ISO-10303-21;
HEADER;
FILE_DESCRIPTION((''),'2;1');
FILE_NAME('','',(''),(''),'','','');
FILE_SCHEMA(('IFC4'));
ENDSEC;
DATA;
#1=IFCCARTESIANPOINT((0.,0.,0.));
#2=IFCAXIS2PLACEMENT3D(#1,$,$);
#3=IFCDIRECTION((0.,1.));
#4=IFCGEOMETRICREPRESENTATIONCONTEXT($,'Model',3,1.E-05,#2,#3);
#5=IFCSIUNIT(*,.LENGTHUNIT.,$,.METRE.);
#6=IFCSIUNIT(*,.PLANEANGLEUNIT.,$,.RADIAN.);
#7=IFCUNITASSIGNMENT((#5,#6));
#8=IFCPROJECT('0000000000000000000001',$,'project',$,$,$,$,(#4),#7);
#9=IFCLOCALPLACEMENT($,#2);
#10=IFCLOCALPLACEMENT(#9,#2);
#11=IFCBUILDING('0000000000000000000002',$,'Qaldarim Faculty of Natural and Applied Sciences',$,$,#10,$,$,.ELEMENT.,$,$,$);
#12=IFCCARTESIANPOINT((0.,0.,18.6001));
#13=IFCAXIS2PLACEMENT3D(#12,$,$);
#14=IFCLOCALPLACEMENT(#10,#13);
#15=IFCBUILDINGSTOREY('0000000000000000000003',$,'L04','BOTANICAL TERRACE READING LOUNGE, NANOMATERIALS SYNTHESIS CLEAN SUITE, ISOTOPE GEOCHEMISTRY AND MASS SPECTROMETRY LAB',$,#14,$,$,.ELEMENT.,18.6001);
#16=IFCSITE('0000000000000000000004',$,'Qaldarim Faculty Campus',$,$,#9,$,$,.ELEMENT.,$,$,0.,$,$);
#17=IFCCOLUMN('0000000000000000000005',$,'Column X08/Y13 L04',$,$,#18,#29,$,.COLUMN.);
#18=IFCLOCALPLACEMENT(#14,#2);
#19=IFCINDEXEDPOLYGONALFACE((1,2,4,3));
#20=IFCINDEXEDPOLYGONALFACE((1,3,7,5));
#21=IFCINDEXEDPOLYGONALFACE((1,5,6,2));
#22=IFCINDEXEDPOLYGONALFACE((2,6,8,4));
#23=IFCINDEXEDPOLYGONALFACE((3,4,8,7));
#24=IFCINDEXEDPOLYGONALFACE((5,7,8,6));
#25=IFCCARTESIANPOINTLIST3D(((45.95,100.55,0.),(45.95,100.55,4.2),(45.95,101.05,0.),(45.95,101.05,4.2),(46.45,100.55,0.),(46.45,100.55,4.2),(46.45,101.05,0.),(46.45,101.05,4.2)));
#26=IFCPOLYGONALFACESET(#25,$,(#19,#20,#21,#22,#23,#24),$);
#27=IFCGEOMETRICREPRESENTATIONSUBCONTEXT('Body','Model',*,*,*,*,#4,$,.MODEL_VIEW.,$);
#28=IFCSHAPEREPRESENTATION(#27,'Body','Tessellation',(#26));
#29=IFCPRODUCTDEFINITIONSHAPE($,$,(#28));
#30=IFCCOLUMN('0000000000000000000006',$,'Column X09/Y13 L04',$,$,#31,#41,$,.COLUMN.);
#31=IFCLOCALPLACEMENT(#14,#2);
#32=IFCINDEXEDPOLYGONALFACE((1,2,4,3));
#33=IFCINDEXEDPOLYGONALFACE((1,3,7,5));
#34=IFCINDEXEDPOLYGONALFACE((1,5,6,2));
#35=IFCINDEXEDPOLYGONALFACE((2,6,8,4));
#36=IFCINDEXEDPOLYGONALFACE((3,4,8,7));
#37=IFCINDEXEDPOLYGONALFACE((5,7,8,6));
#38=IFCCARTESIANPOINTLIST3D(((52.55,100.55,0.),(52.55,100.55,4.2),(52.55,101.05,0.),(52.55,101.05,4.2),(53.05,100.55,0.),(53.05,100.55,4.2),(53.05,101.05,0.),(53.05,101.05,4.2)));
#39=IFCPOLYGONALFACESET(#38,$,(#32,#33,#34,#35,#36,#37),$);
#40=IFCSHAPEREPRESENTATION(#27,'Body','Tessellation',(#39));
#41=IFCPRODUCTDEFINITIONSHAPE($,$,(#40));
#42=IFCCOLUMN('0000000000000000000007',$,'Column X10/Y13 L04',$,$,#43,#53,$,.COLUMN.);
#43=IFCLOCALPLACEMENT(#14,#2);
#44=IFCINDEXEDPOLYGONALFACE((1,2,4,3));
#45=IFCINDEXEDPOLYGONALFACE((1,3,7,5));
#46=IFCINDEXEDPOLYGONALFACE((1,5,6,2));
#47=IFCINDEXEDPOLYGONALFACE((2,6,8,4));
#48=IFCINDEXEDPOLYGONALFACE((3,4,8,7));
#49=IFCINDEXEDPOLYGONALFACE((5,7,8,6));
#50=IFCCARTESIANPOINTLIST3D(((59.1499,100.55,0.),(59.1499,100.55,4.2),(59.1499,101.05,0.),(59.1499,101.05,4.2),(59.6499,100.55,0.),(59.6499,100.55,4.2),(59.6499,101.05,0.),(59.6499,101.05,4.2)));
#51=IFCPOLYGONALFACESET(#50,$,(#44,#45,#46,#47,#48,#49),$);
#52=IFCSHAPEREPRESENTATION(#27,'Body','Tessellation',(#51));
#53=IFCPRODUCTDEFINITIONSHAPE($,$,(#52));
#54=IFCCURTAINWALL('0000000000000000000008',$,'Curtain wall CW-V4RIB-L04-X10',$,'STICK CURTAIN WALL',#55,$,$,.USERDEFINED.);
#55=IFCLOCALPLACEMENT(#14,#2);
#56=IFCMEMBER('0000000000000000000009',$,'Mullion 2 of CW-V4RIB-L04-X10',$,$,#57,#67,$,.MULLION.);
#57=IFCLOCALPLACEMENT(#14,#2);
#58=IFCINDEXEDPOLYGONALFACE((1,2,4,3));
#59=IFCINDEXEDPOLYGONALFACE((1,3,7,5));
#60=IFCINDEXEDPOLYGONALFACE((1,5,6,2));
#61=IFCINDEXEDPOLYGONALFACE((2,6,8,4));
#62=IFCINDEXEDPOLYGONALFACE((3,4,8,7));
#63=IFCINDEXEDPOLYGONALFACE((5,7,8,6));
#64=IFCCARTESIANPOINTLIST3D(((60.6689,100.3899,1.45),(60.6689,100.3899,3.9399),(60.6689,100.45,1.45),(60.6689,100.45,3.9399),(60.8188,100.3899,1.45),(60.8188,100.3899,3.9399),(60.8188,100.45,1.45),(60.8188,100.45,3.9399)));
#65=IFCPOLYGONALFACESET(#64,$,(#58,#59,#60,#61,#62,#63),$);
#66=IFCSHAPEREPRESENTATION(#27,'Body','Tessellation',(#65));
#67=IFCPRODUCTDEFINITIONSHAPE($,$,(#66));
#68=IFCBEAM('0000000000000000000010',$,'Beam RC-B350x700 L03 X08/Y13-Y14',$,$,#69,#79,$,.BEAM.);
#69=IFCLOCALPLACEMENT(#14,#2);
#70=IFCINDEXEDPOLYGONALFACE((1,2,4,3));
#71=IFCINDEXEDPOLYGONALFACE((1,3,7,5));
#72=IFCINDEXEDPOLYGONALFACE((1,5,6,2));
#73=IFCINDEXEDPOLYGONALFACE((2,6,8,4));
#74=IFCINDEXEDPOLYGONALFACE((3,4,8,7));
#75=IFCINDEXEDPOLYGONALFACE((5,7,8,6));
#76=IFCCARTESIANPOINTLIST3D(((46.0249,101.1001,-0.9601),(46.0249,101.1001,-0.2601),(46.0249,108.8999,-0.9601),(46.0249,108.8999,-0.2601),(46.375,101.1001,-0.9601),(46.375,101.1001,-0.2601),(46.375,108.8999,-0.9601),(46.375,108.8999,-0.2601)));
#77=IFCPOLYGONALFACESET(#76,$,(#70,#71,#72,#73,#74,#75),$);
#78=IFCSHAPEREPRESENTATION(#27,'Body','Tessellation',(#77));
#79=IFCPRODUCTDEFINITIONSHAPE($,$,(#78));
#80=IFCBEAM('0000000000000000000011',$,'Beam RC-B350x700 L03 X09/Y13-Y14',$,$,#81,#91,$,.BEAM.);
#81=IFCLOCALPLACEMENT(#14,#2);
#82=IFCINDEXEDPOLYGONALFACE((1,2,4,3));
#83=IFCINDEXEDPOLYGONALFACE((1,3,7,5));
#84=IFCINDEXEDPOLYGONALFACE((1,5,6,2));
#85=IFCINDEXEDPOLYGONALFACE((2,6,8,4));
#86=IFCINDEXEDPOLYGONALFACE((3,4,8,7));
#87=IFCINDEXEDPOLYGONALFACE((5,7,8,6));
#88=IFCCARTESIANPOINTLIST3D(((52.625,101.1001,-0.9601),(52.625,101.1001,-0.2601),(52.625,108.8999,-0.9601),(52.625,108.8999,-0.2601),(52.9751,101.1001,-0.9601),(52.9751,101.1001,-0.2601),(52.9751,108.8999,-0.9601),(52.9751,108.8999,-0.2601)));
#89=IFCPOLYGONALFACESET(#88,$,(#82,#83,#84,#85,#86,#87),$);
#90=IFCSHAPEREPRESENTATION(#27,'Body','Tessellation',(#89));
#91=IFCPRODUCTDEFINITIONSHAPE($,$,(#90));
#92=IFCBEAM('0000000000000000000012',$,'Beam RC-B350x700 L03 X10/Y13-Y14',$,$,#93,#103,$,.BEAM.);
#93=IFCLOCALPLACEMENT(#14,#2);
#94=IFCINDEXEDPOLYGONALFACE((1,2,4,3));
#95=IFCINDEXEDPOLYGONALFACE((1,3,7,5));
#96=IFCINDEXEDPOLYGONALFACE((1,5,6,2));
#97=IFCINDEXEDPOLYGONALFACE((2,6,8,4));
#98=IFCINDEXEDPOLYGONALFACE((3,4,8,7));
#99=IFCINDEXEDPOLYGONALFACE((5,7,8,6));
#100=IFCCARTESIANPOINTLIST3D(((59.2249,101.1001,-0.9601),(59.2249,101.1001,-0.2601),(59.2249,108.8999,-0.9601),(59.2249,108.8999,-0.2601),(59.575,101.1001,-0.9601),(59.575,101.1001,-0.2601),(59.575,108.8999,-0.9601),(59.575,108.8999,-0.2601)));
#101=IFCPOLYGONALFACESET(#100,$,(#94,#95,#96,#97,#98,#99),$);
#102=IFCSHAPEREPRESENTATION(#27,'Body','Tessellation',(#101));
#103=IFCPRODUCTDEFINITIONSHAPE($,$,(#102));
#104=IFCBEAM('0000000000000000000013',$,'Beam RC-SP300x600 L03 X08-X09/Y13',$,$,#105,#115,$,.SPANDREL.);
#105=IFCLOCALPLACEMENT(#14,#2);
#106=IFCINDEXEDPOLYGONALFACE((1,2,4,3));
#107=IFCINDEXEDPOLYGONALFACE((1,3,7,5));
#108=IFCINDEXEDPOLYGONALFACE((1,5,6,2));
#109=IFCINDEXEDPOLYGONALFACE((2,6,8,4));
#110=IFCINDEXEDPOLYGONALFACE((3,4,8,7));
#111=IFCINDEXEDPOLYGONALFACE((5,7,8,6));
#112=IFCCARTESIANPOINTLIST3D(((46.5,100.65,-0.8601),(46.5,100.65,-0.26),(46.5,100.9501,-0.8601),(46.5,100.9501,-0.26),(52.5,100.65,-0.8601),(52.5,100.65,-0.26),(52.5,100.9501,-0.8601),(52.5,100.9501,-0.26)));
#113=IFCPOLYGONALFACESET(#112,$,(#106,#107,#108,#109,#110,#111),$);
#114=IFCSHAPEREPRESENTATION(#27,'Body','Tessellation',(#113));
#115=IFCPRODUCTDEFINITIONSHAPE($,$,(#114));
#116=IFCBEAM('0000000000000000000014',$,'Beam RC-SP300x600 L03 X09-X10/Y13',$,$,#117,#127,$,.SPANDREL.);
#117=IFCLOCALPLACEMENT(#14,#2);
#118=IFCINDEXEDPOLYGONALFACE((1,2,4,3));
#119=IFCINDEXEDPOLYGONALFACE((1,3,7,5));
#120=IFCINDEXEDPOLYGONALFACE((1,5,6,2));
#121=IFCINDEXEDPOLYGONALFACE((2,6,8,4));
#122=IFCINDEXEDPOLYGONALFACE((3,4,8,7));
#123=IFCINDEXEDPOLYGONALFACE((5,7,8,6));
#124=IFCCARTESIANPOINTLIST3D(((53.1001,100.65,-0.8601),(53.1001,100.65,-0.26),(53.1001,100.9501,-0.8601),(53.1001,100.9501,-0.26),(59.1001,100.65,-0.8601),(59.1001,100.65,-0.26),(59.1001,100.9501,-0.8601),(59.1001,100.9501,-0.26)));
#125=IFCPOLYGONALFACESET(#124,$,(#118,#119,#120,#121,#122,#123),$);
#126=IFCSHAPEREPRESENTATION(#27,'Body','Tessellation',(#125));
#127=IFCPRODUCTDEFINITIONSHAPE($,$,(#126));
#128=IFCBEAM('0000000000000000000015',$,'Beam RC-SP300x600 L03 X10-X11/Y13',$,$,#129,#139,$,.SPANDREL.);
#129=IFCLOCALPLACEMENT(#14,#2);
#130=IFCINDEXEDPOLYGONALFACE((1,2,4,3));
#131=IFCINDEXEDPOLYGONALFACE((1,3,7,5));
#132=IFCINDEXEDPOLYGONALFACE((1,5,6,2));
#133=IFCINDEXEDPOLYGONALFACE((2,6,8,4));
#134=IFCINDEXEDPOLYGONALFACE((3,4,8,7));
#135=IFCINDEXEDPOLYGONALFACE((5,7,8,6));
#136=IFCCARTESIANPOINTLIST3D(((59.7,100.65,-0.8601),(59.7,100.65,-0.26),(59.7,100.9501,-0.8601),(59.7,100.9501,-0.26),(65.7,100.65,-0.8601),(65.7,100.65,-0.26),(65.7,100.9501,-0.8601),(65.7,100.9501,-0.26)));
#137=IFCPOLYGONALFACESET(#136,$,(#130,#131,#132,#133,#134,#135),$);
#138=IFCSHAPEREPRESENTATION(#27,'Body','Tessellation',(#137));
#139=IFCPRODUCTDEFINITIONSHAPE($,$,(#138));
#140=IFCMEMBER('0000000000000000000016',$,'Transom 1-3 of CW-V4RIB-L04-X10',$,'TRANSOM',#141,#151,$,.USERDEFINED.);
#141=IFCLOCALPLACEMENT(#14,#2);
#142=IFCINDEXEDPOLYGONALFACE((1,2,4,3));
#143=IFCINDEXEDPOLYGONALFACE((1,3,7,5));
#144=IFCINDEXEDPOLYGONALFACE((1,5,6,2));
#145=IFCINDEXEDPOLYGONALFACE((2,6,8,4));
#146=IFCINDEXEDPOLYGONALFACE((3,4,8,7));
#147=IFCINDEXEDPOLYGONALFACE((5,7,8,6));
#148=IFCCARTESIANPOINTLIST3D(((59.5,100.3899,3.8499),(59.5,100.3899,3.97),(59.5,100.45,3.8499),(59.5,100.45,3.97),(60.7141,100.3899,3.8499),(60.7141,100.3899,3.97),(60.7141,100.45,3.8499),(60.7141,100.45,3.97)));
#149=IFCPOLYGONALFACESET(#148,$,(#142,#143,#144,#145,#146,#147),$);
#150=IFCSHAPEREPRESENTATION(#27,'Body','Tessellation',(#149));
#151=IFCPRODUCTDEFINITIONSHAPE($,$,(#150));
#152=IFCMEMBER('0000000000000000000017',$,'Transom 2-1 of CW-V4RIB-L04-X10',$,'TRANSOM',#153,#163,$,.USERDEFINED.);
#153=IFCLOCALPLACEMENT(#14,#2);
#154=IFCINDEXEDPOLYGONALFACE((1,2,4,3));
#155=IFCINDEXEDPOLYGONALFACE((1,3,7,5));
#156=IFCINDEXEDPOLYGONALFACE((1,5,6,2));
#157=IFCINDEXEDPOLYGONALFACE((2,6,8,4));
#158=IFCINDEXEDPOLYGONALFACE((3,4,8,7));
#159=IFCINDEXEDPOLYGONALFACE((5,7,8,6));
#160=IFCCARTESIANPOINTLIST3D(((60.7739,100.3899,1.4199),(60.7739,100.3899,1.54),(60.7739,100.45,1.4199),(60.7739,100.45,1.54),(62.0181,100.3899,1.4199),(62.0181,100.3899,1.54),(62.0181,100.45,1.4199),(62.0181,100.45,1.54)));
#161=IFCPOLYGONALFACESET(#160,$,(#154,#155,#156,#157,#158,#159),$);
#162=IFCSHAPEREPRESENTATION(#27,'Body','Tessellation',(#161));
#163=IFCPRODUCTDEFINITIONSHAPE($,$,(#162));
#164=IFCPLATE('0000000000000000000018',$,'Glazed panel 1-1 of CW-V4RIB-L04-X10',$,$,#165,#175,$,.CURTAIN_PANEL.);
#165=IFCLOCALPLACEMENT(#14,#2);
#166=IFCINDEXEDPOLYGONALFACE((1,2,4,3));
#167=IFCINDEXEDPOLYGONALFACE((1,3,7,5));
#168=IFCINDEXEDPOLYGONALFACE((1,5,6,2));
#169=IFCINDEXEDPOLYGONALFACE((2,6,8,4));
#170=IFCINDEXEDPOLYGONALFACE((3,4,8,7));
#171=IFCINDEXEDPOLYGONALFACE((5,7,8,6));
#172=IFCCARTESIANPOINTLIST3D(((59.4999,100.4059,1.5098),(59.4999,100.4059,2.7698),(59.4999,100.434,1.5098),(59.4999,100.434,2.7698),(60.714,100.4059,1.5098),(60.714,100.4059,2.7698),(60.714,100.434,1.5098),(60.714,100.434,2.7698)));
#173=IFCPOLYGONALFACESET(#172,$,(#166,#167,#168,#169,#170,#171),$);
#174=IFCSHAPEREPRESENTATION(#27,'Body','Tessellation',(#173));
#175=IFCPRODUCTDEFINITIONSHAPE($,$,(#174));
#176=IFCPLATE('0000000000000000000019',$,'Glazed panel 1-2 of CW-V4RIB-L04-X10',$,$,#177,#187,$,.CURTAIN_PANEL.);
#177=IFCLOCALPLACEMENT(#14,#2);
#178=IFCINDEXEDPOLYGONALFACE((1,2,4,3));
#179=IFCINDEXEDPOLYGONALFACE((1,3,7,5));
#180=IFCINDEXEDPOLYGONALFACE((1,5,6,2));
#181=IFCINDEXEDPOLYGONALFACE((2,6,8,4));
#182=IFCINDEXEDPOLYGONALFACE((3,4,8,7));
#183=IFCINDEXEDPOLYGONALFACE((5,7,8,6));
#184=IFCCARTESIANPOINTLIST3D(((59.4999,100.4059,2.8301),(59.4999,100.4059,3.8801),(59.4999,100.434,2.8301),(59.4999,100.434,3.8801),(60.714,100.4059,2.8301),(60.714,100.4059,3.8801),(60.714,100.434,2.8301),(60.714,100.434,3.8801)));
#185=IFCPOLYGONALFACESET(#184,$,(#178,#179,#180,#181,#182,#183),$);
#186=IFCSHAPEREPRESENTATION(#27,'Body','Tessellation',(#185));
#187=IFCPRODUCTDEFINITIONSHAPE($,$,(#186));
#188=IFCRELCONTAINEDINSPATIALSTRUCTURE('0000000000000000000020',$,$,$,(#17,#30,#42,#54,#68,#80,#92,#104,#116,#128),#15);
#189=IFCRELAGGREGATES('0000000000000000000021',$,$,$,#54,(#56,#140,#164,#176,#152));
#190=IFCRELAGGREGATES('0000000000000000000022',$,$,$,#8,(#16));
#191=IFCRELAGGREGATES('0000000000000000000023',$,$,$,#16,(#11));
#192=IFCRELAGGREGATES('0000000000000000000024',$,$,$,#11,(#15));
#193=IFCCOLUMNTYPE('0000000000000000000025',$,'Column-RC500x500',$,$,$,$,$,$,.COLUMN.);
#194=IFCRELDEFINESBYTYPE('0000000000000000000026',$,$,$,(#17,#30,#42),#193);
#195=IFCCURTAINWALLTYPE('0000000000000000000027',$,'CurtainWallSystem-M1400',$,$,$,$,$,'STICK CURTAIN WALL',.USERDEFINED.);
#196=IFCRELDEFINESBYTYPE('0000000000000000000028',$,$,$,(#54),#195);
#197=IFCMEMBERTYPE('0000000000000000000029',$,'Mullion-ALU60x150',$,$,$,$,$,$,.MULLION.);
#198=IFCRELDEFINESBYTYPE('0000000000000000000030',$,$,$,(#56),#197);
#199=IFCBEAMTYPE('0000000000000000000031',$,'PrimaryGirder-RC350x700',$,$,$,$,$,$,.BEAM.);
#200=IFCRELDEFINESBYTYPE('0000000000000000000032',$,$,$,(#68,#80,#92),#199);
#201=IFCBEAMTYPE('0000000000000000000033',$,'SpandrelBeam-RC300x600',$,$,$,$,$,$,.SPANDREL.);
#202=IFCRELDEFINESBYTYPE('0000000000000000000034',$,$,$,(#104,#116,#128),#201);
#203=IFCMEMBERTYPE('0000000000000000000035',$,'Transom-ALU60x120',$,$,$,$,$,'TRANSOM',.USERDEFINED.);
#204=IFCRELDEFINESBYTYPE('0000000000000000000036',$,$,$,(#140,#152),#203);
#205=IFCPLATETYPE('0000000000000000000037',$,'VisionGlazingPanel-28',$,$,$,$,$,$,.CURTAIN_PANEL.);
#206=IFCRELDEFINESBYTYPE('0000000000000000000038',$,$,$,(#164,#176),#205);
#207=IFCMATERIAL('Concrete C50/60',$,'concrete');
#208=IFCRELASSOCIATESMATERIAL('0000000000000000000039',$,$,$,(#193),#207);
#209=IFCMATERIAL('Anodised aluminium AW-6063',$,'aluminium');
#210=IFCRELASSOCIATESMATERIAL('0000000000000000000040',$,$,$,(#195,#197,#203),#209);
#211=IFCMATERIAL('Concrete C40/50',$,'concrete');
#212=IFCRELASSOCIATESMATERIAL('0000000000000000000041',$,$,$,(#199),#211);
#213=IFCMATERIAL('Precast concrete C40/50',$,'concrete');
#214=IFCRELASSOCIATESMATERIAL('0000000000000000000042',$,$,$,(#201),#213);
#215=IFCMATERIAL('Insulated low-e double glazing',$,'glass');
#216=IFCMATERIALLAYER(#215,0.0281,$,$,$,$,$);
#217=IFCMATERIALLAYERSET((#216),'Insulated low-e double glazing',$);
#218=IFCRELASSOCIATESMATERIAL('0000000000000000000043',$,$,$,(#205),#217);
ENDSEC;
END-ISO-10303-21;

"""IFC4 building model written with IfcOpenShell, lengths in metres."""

from ifc_helpers import new_model, si_unit, direction, frame, origin, origin_2d, place, context, subcontext, project, spatial, rectangle, extrude, material, layer, layer_set, material_profile, profile_set, type_object, element, aggregate, save


model = new_model("IFC4")

# Units and contexts
model_context = context("Model", 3, precision=1e-05, world=origin(), true_north=direction((0.0, 1.0)))
body_context = subcontext(model_context, "Body", "Model", "MODEL_VIEW")
ifc_project = project(units=[si_unit("LENGTHUNIT", "METRE"), si_unit("PLANEANGLEUNIT", "RADIAN")], contexts=[model_context])

# Site, building, storey
site_placement = place(None, origin())
site = spatial("IfcSite", under=ifc_project, at=site_placement, Name="Qaldarim Faculty Campus", CompositionType="ELEMENT", RefElevation=0.0)
building_placement = place(site_placement, origin())
building = spatial("IfcBuilding", under=site, at=building_placement, Name="Qaldarim Faculty of Natural and Applied Sciences", CompositionType="ELEMENT")
storey_placement = place(building_placement, frame((0.0, 0.0, 18.6001)))
storey = spatial("IfcBuildingStorey", under=building, at=storey_placement, Name="L04", Description="BOTANICAL TERRACE READING LOUNGE, NANOMATERIALS SYNTHESIS CLEAN SUITE, ISOTOPE GEOCHEMISTRY AND MASS SPECTROMETRY LAB", CompositionType="ELEMENT", Elevation=18.6001)

# Columns
ifc_material_1 = material(Name="Concrete C50/60", Category="concrete")
ifc_material_profile_1 = material_profile(ifc_material_1, rectangle(XDim=0.5, YDim=0.5, at=origin_2d()), Name="RC-C500x500")
ifc_profile_set_1 = profile_set([ifc_material_profile_1], Name="Concrete C50/60")
column_type = type_object("IfcColumnType", Name="Column-RC500x500", PredefinedType="COLUMN", material=ifc_profile_set_1)
for number, where, z_axis, x_axis, name in (
    (1, (46.2, 100.8, 0.0), (0.0, 0.0, 1.0), (1.0, 0.0, 0.0), "Column X08/Y13 L04"),
    (2, (52.8, 100.8, 0.0), (0.0, 0.0, 1.0), (1.0, 0.0, 0.0), "Column X09/Y13 L04"),
    (3, (59.3999, 100.8, 0.0), (0.0, 0.0, 1.0), (1.0, 0.0, 0.0), "Column X10/Y13 L04"),
):
    element("IfcColumn", number, at=place(storey_placement, frame(where, z_axis=z_axis, x_axis=x_axis)), inside=storey, type_object=column_type, Name=name, PredefinedType="COLUMN", context=body_context, shape_type="SweptSolid", body=[
        extrude(rectangle(XDim=0.5, YDim=0.5, at=origin_2d()), origin(), (0.0, 0.0, 1.0), 4.2),
    ])

# Curtain wall, member
ifc_material_2 = material(Name="Anodised aluminium AW-6063", Category="aluminium")
curtain_wall_type = type_object("IfcCurtainWallType", Name="CurtainWallSystem-M1400", ElementType="STICK CURTAIN WALL", PredefinedType="USERDEFINED", material=ifc_material_2)
curtain_wall_placement = place(storey_placement, origin())
curtain_wall = element("IfcCurtainWall", 4, at=curtain_wall_placement, inside=storey, type_object=curtain_wall_type, Name="Curtain wall CW-V4RIB-L04-X10", ObjectType="STICK CURTAIN WALL", PredefinedType="USERDEFINED")
ifc_material_profile_2 = material_profile(ifc_material_2, rectangle(XDim=0.0601, YDim=0.1499, at=origin_2d()), Name="ALU-M60x150")
ifc_profile_set_2 = profile_set([ifc_material_profile_2], Name="Anodised aluminium AW-6063")
member_type_1 = type_object("IfcMemberType", Name="Mullion-ALU60x150", PredefinedType="MULLION", material=ifc_profile_set_2)
member_1_placement = place(storey_placement, frame((60.7439, 100.4199, 1.45), z_axis=(0.0, 0.0, 1.0), x_axis=(0.0, 1.0, 0.0)))
member_1 = element("IfcMember", 5, at=member_1_placement, type_object=member_type_1, Name="Mullion 2 of CW-V4RIB-L04-X10", PredefinedType="MULLION", context=body_context, shape_type="SweptSolid", body=[
    extrude(rectangle(XDim=0.0601, YDim=0.1499, at=origin_2d()), origin(), (0.0, 0.0, 1.0), 2.49),
])

# Beams
ifc_material_3 = material(Name="Concrete C40/50", Category="concrete")
ifc_material_profile_3 = material_profile(ifc_material_3, rectangle(XDim=0.3501, YDim=0.7, at=origin_2d()), Name="RC-B350x700")
ifc_profile_set_3 = profile_set([ifc_material_profile_3], Name="Concrete C40/50")
beam_type_1 = type_object("IfcBeamType", Name="PrimaryGirder-RC350x700", PredefinedType="BEAM", material=ifc_profile_set_3)
for number, where, z_axis, x_axis, name in (
    (6, (46.2, 101.1001, -0.6101), (0.0, 1.0, 0.0), (-1.0, 0.0, 0.0), "Beam RC-B350x700 L03 X08/Y13-Y14"),
    (7, (52.8, 101.1001, -0.6101), (0.0, 1.0, 0.0), (-1.0, 0.0, 0.0), "Beam RC-B350x700 L03 X09/Y13-Y14"),
    (8, (59.3999, 101.1001, -0.6101), (0.0, 1.0, 0.0), (-1.0, 0.0, 0.0), "Beam RC-B350x700 L03 X10/Y13-Y14"),
):
    element("IfcBeam", number, at=place(storey_placement, frame(where, z_axis=z_axis, x_axis=x_axis)), inside=storey, type_object=beam_type_1, Name=name, PredefinedType="BEAM", context=body_context, shape_type="SweptSolid", body=[
        extrude(rectangle(XDim=0.3501, YDim=0.7, at=origin_2d()), origin(), (0.0, 0.0, 1.0), 7.7998),
    ])
ifc_material_4 = material(Name="Precast concrete C40/50", Category="concrete")
ifc_material_profile_4 = material_profile(ifc_material_4, rectangle(XDim=0.3, YDim=0.6001, at=origin_2d()), Name="RC-SP300x600")
ifc_profile_set_4 = profile_set([ifc_material_profile_4], Name="Precast concrete C40/50")
beam_type_2 = type_object("IfcBeamType", Name="SpandrelBeam-RC300x600", PredefinedType="SPANDREL", material=ifc_profile_set_4)
for number, where, z_axis, x_axis, name in (
    (9, (46.5, 100.8, -0.5601), (1.0, 0.0, 0.0), (0.0, 1.0, 0.0), "Beam RC-SP300x600 L03 X08-X09/Y13"),
    (10, (53.1001, 100.8, -0.5601), (1.0, 0.0, 0.0), (0.0, 1.0, 0.0), "Beam RC-SP300x600 L03 X09-X10/Y13"),
    (11, (59.7, 100.8, -0.5601), (1.0, 0.0, 0.0), (0.0, 1.0, 0.0), "Beam RC-SP300x600 L03 X10-X11/Y13"),
):
    element("IfcBeam", number, at=place(storey_placement, frame(where, z_axis=z_axis, x_axis=x_axis)), inside=storey, type_object=beam_type_2, Name=name, PredefinedType="SPANDREL", context=body_context, shape_type="SweptSolid", body=[
        extrude(rectangle(XDim=0.3, YDim=0.6001, at=origin_2d()), origin(), (0.0, 0.0, 1.0), 6.0),
    ])

# Members
ifc_material_profile_5 = material_profile(ifc_material_2, rectangle(XDim=0.0601, YDim=0.1201, at=origin_2d()), Name="ALU-T60x120")
ifc_profile_set_5 = profile_set([ifc_material_profile_5], Name="Anodised aluminium AW-6063")
member_type_2 = type_object("IfcMemberType", Name="Transom-ALU60x120", ElementType="TRANSOM", PredefinedType="USERDEFINED", material=ifc_profile_set_5)
member_2_placement = place(storey_placement, frame((59.5, 100.4199, 3.9099), z_axis=(1.0, 0.0, 0.0), x_axis=(0.0, 1.0, 0.0)))
member_2 = element("IfcMember", 12, at=member_2_placement, type_object=member_type_2, Name="Transom 1-3 of CW-V4RIB-L04-X10", ObjectType="TRANSOM", PredefinedType="USERDEFINED", context=body_context, shape_type="SweptSolid", body=[
    extrude(rectangle(XDim=0.0601, YDim=0.1201, at=origin_2d()), origin(), (0.0, 0.0, 1.0), 1.2141),
])
member_3_placement = place(storey_placement, frame((60.7739, 100.4199, 1.48), z_axis=(1.0, 0.0, 0.0), x_axis=(0.0, 1.0, 0.0)))
member_3 = element("IfcMember", 13, at=member_3_placement, type_object=member_type_2, Name="Transom 2-1 of CW-V4RIB-L04-X10", ObjectType="TRANSOM", PredefinedType="USERDEFINED", context=body_context, shape_type="SweptSolid", body=[
    extrude(rectangle(XDim=0.0601, YDim=0.1201, at=origin_2d()), origin(), (0.0, 0.0, 1.0), 1.2441),
])

# Plates
ifc_material_5 = material(Name="Insulated low-e double glazing", Category="glass")
ifc_layer_1 = layer(ifc_material_5, 0.0281)
ifc_layer_set_1 = layer_set([ifc_layer_1], Name="Insulated low-e double glazing")
plate_type = type_object("IfcPlateType", Name="VisionGlazingPanel-28", PredefinedType="CURTAIN_PANEL", material=ifc_layer_set_1)
plate_1_placement = place(storey_placement, frame((60.1069, 100.4199, 1.5098), z_axis=(0.0, 0.0, 1.0), x_axis=(1.0, 0.0, 0.0)))
plate_1 = element("IfcPlate", 14, at=plate_1_placement, type_object=plate_type, Name="Glazed panel 1-1 of CW-V4RIB-L04-X10", PredefinedType="CURTAIN_PANEL", context=body_context, shape_type="SweptSolid", body=[
    extrude(rectangle(XDim=1.2141, YDim=0.0281, at=origin_2d()), origin(), (0.0, 0.0, 1.0), 1.26),
])
plate_2_placement = place(storey_placement, frame((60.1069, 100.4199, 2.8301), z_axis=(0.0, 0.0, 1.0), x_axis=(1.0, 0.0, 0.0)))
plate_2 = element("IfcPlate", 15, at=plate_2_placement, type_object=plate_type, Name="Glazed panel 1-2 of CW-V4RIB-L04-X10", PredefinedType="CURTAIN_PANEL", context=body_context, shape_type="SweptSolid", body=[
    extrude(rectangle(XDim=1.2141, YDim=0.0281, at=origin_2d()), origin(), (0.0, 0.0, 1.0), 1.05),
])
aggregate(curtain_wall, [member_1, member_2, plate_1, plate_2, member_3])

save(model, "model.ifc")
